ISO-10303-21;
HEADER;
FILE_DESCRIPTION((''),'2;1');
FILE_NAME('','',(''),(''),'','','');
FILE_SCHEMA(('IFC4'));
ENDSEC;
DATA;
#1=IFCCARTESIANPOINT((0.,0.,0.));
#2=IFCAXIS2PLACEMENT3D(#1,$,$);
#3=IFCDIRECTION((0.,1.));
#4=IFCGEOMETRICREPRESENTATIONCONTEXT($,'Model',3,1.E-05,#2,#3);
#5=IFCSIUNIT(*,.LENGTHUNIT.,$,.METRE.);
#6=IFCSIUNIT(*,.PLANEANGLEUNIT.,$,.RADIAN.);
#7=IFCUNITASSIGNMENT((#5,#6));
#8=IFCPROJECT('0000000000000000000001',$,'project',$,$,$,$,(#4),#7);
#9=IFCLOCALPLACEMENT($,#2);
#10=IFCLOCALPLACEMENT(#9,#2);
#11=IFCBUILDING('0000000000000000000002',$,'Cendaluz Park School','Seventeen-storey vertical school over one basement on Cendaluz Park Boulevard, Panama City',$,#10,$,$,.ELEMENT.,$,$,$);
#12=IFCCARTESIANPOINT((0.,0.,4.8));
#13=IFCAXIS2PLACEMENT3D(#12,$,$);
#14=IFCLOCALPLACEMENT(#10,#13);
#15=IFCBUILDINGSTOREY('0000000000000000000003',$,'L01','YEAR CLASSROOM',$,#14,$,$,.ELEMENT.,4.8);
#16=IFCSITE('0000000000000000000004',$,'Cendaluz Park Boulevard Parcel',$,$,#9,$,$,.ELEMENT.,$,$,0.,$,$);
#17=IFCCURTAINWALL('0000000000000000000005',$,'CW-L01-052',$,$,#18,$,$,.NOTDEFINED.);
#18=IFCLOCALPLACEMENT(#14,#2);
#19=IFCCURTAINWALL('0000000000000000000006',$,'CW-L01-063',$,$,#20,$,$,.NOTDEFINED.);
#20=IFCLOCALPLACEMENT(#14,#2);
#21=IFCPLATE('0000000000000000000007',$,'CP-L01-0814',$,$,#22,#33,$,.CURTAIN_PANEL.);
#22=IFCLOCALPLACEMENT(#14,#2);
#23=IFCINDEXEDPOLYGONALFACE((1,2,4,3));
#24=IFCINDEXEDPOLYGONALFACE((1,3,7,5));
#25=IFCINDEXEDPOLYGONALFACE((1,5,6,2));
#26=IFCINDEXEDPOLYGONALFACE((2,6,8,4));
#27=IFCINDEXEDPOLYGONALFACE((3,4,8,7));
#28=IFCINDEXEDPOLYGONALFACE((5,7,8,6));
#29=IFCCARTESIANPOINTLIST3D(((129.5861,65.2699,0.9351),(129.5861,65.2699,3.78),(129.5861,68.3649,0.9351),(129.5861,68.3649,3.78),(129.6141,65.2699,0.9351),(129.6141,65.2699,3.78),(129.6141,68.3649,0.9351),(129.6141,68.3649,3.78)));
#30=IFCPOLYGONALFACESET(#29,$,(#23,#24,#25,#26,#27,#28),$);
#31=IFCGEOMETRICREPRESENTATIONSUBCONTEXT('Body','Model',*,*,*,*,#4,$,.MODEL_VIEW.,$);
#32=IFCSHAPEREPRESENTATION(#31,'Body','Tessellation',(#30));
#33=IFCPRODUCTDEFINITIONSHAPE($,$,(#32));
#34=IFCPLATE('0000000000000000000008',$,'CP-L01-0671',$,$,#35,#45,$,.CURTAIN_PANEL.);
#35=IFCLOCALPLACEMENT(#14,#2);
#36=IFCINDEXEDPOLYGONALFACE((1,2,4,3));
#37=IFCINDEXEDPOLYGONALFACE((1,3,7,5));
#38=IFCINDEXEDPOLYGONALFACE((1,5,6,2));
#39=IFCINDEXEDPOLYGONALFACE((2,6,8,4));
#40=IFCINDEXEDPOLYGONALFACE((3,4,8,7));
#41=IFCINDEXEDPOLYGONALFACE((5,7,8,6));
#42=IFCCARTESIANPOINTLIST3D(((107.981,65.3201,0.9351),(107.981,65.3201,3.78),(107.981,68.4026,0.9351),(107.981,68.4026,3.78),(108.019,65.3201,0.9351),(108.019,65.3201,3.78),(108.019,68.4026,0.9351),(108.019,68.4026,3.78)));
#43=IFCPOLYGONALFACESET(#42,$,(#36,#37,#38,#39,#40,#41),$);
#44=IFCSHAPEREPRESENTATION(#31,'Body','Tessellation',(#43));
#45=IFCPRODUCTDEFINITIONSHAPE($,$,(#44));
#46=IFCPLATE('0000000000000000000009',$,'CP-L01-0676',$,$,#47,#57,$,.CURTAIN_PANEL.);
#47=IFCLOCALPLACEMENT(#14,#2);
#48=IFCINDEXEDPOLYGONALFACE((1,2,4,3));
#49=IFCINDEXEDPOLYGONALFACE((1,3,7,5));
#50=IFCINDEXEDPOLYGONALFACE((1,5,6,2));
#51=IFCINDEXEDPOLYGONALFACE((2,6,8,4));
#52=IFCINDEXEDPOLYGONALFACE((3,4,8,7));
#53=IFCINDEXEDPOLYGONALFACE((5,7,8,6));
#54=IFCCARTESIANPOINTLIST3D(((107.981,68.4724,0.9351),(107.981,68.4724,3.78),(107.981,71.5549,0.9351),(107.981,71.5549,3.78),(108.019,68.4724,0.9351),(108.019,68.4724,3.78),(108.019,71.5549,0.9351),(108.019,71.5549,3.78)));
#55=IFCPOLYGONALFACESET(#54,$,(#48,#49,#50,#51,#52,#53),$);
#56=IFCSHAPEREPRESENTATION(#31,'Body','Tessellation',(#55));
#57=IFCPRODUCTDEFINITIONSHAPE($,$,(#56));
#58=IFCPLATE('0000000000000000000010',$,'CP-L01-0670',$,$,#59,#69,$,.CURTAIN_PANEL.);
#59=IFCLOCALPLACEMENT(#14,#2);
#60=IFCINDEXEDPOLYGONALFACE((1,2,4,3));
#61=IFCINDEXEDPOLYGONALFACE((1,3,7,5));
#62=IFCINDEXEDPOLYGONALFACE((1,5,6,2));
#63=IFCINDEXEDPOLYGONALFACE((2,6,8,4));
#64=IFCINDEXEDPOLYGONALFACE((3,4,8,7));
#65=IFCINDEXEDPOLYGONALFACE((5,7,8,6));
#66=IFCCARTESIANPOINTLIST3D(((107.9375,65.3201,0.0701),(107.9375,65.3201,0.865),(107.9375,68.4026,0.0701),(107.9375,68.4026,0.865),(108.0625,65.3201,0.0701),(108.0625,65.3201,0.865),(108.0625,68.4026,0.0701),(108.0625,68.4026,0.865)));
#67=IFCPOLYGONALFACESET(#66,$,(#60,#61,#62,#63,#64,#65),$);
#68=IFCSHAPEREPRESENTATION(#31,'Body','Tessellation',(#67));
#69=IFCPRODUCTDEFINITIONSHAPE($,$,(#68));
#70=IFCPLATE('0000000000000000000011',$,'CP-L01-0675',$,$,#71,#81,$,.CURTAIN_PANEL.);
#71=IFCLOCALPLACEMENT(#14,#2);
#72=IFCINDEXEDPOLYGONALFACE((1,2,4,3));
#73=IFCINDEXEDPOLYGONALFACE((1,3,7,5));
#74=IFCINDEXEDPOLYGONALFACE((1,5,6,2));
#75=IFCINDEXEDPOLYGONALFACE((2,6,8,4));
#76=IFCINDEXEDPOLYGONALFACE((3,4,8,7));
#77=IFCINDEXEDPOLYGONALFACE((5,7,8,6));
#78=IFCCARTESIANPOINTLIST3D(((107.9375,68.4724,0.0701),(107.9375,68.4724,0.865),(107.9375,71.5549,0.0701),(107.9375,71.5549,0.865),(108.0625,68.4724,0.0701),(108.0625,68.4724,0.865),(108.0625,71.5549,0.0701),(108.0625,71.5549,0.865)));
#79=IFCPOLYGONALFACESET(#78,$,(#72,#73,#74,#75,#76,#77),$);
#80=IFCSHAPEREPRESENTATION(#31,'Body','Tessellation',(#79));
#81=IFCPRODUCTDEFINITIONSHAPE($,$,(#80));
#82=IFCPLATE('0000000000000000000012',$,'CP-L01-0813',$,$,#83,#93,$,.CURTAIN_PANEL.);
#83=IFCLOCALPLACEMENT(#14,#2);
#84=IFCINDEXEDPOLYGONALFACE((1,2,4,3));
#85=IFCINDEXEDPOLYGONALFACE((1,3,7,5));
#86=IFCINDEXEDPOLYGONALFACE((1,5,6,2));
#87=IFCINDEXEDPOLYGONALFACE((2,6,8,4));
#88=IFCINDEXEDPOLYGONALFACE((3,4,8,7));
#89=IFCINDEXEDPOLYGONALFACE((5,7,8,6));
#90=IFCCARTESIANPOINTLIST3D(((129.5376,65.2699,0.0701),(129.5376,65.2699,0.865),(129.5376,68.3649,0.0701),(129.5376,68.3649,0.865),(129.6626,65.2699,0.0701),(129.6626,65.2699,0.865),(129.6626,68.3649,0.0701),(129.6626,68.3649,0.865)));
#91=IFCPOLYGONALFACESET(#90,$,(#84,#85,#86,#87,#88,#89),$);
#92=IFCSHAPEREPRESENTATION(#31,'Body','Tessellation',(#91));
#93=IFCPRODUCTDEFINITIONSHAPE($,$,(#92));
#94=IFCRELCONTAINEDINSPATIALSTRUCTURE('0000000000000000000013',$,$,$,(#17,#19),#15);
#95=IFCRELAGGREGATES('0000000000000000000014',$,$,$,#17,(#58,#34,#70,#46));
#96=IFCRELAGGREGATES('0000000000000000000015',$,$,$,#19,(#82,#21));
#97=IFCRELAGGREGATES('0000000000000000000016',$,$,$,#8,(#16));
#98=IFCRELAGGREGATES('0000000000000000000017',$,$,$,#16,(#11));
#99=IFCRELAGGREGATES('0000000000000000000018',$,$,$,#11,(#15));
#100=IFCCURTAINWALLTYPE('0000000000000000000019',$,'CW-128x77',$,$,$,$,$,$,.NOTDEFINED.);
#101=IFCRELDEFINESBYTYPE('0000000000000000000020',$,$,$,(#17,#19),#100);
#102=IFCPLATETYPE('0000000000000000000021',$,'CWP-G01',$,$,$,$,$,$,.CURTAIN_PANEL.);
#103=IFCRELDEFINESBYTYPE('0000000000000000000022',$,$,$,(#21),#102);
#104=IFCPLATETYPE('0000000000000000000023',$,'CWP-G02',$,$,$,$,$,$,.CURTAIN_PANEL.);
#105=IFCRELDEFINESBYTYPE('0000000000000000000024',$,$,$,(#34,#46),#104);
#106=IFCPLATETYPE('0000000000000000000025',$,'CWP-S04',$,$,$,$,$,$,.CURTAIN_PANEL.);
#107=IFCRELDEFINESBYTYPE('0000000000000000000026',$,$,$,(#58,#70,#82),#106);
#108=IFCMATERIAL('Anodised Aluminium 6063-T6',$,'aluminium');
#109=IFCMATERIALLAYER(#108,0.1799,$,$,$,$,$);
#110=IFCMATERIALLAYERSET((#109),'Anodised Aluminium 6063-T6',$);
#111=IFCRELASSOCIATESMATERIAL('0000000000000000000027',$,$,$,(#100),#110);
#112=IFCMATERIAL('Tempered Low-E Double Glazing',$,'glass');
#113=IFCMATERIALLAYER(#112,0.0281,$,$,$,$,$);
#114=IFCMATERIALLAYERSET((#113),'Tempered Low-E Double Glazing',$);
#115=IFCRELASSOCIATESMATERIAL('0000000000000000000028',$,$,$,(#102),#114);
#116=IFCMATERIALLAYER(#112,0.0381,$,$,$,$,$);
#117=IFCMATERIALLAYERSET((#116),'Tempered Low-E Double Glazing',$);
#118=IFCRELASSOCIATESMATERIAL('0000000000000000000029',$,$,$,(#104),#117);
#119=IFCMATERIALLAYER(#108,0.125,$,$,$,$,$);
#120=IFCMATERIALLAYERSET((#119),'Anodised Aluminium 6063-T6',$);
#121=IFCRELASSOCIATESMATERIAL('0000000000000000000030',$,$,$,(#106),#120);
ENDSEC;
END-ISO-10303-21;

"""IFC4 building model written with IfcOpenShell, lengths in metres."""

from ifc_helpers import new_model, si_unit, direction, frame, origin, origin_2d, place, context, subcontext, project, spatial, rectangle, extrude, material, layer, layer_set, type_object, element, aggregate, save


model = new_model("IFC4")

# Units and contexts
model_context = context("Model", 3, precision=1e-05, world=origin(), true_north=direction((0.0, 1.0)))
body_context = subcontext(model_context, "Body", "Model", "MODEL_VIEW")
ifc_project = project(units=[si_unit("LENGTHUNIT", "METRE"), si_unit("PLANEANGLEUNIT", "RADIAN")], contexts=[model_context])

# Site, building, storey
site_placement = place(None, origin())
site = spatial("IfcSite", under=ifc_project, at=site_placement, Name="Cendaluz Park Boulevard Parcel", CompositionType="ELEMENT", RefElevation=0.0)
building_placement = place(site_placement, origin())
building = spatial("IfcBuilding", under=site, at=building_placement, Name="Cendaluz Park School", Description="Seventeen-storey vertical school over one basement on Cendaluz Park Boulevard, Panama City", CompositionType="ELEMENT")
storey_placement = place(building_placement, frame((0.0, 0.0, 4.8)))
storey = spatial("IfcBuildingStorey", under=building, at=storey_placement, Name="L01", Description="YEAR CLASSROOM", CompositionType="ELEMENT", Elevation=4.8)

# Curtain wall
ifc_material_1 = material(Name="Anodised Aluminium 6063-T6", Category="aluminium")
ifc_layer_1 = layer(ifc_material_1, 0.1799)
ifc_layer_set_1 = layer_set([ifc_layer_1], Name="Anodised Aluminium 6063-T6")
curtain_wall_type = type_object("IfcCurtainWallType", Name="CW-128x77", PredefinedType="NOTDEFINED", material=ifc_layer_set_1)
curtain_wall_1_placement = place(storey_placement, origin())
curtain_wall_1 = element("IfcCurtainWall", 1, at=curtain_wall_1_placement, inside=storey, type_object=curtain_wall_type, Name="CW-L01-052", PredefinedType="NOTDEFINED")

# Curtain wall
curtain_wall_2_placement = place(storey_placement, origin())
curtain_wall_2 = element("IfcCurtainWall", 2, at=curtain_wall_2_placement, inside=storey, type_object=curtain_wall_type, Name="CW-L01-063", PredefinedType="NOTDEFINED")

# Plates
ifc_material_2 = material(Name="Tempered Low-E Double Glazing", Category="glass")
ifc_layer_2 = layer(ifc_material_2, 0.0281)
ifc_layer_set_2 = layer_set([ifc_layer_2], Name="Tempered Low-E Double Glazing")
plate_type_1 = type_object("IfcPlateType", Name="CWP-G01", PredefinedType="CURTAIN_PANEL", material=ifc_layer_set_2)
plate_1_placement = place(storey_placement, frame((129.6001, 66.8174, 0.9351), z_axis=(0.0, 0.0, 1.0), x_axis=(0.0, 1.0, 0.0)))
plate_1 = element("IfcPlate", 3, at=plate_1_placement, type_object=plate_type_1, Name="CP-L01-0814", PredefinedType="CURTAIN_PANEL", context=body_context, shape_type="SweptSolid", body=[
    extrude(rectangle(XDim=3.095, YDim=0.0281, at=origin_2d()), origin(), (0.0, 0.0, 1.0), 2.845),
])
ifc_layer_3 = layer(ifc_material_2, 0.0381)
ifc_layer_set_3 = layer_set([ifc_layer_3], Name="Tempered Low-E Double Glazing")
plate_type_2 = type_object("IfcPlateType", Name="CWP-G02", PredefinedType="CURTAIN_PANEL", material=ifc_layer_set_3)
plate_2_placement = place(storey_placement, frame((108.0, 66.8613, 0.9351), z_axis=(0.0, 0.0, 1.0), x_axis=(0.0, 1.0, 0.0)))
plate_2 = element("IfcPlate", 4, at=plate_2_placement, type_object=plate_type_2, Name="CP-L01-0671", PredefinedType="CURTAIN_PANEL", context=body_context, shape_type="SweptSolid", body=[
    extrude(rectangle(XDim=3.0825, YDim=0.0381, at=origin_2d()), origin(), (0.0, 0.0, 1.0), 2.845),
])
plate_3_placement = place(storey_placement, frame((108.0, 70.0137, 0.9351), z_axis=(0.0, 0.0, 1.0), x_axis=(0.0, 1.0, 0.0)))
plate_3 = element("IfcPlate", 5, at=plate_3_placement, type_object=plate_type_2, Name="CP-L01-0676", PredefinedType="CURTAIN_PANEL", context=body_context, shape_type="SweptSolid", body=[
    extrude(rectangle(XDim=3.0825, YDim=0.0381, at=origin_2d()), origin(), (0.0, 0.0, 1.0), 2.845),
])
ifc_layer_4 = layer(ifc_material_1, 0.125)
ifc_layer_set_4 = layer_set([ifc_layer_4], Name="Anodised Aluminium 6063-T6")
plate_type_3 = type_object("IfcPlateType", Name="CWP-S04", PredefinedType="CURTAIN_PANEL", material=ifc_layer_set_4)
plate_4_placement = place(storey_placement, frame((108.0, 66.8613, 0.0701), z_axis=(0.0, 0.0, 1.0), x_axis=(0.0, 1.0, 0.0)))
plate_4 = element("IfcPlate", 6, at=plate_4_placement, type_object=plate_type_3, Name="CP-L01-0670", PredefinedType="CURTAIN_PANEL", context=body_context, shape_type="SweptSolid", body=[
    extrude(rectangle(XDim=3.0825, YDim=0.125, at=origin_2d()), origin(), (0.0, 0.0, 1.0), 0.7949),
])
plate_5_placement = place(storey_placement, frame((108.0, 70.0137, 0.0701), z_axis=(0.0, 0.0, 1.0), x_axis=(0.0, 1.0, 0.0)))
plate_5 = element("IfcPlate", 7, at=plate_5_placement, type_object=plate_type_3, Name="CP-L01-0675", PredefinedType="CURTAIN_PANEL", context=body_context, shape_type="SweptSolid", body=[
    extrude(rectangle(XDim=3.0825, YDim=0.125, at=origin_2d()), origin(), (0.0, 0.0, 1.0), 0.7949),
])
aggregate(curtain_wall_1, [plate_4, plate_2, plate_5, plate_3])
plate_6_placement = place(storey_placement, frame((129.6001, 66.8174, 0.0701), z_axis=(0.0, 0.0, 1.0), x_axis=(0.0, 1.0, 0.0)))
plate_6 = element("IfcPlate", 8, at=plate_6_placement, type_object=plate_type_3, Name="CP-L01-0813", PredefinedType="CURTAIN_PANEL", context=body_context, shape_type="SweptSolid", body=[
    extrude(rectangle(XDim=3.095, YDim=0.125, at=origin_2d()), origin(), (0.0, 0.0, 1.0), 0.7949),
])
aggregate(curtain_wall_2, [plate_6, plate_1])

save(model, "model.ifc")
